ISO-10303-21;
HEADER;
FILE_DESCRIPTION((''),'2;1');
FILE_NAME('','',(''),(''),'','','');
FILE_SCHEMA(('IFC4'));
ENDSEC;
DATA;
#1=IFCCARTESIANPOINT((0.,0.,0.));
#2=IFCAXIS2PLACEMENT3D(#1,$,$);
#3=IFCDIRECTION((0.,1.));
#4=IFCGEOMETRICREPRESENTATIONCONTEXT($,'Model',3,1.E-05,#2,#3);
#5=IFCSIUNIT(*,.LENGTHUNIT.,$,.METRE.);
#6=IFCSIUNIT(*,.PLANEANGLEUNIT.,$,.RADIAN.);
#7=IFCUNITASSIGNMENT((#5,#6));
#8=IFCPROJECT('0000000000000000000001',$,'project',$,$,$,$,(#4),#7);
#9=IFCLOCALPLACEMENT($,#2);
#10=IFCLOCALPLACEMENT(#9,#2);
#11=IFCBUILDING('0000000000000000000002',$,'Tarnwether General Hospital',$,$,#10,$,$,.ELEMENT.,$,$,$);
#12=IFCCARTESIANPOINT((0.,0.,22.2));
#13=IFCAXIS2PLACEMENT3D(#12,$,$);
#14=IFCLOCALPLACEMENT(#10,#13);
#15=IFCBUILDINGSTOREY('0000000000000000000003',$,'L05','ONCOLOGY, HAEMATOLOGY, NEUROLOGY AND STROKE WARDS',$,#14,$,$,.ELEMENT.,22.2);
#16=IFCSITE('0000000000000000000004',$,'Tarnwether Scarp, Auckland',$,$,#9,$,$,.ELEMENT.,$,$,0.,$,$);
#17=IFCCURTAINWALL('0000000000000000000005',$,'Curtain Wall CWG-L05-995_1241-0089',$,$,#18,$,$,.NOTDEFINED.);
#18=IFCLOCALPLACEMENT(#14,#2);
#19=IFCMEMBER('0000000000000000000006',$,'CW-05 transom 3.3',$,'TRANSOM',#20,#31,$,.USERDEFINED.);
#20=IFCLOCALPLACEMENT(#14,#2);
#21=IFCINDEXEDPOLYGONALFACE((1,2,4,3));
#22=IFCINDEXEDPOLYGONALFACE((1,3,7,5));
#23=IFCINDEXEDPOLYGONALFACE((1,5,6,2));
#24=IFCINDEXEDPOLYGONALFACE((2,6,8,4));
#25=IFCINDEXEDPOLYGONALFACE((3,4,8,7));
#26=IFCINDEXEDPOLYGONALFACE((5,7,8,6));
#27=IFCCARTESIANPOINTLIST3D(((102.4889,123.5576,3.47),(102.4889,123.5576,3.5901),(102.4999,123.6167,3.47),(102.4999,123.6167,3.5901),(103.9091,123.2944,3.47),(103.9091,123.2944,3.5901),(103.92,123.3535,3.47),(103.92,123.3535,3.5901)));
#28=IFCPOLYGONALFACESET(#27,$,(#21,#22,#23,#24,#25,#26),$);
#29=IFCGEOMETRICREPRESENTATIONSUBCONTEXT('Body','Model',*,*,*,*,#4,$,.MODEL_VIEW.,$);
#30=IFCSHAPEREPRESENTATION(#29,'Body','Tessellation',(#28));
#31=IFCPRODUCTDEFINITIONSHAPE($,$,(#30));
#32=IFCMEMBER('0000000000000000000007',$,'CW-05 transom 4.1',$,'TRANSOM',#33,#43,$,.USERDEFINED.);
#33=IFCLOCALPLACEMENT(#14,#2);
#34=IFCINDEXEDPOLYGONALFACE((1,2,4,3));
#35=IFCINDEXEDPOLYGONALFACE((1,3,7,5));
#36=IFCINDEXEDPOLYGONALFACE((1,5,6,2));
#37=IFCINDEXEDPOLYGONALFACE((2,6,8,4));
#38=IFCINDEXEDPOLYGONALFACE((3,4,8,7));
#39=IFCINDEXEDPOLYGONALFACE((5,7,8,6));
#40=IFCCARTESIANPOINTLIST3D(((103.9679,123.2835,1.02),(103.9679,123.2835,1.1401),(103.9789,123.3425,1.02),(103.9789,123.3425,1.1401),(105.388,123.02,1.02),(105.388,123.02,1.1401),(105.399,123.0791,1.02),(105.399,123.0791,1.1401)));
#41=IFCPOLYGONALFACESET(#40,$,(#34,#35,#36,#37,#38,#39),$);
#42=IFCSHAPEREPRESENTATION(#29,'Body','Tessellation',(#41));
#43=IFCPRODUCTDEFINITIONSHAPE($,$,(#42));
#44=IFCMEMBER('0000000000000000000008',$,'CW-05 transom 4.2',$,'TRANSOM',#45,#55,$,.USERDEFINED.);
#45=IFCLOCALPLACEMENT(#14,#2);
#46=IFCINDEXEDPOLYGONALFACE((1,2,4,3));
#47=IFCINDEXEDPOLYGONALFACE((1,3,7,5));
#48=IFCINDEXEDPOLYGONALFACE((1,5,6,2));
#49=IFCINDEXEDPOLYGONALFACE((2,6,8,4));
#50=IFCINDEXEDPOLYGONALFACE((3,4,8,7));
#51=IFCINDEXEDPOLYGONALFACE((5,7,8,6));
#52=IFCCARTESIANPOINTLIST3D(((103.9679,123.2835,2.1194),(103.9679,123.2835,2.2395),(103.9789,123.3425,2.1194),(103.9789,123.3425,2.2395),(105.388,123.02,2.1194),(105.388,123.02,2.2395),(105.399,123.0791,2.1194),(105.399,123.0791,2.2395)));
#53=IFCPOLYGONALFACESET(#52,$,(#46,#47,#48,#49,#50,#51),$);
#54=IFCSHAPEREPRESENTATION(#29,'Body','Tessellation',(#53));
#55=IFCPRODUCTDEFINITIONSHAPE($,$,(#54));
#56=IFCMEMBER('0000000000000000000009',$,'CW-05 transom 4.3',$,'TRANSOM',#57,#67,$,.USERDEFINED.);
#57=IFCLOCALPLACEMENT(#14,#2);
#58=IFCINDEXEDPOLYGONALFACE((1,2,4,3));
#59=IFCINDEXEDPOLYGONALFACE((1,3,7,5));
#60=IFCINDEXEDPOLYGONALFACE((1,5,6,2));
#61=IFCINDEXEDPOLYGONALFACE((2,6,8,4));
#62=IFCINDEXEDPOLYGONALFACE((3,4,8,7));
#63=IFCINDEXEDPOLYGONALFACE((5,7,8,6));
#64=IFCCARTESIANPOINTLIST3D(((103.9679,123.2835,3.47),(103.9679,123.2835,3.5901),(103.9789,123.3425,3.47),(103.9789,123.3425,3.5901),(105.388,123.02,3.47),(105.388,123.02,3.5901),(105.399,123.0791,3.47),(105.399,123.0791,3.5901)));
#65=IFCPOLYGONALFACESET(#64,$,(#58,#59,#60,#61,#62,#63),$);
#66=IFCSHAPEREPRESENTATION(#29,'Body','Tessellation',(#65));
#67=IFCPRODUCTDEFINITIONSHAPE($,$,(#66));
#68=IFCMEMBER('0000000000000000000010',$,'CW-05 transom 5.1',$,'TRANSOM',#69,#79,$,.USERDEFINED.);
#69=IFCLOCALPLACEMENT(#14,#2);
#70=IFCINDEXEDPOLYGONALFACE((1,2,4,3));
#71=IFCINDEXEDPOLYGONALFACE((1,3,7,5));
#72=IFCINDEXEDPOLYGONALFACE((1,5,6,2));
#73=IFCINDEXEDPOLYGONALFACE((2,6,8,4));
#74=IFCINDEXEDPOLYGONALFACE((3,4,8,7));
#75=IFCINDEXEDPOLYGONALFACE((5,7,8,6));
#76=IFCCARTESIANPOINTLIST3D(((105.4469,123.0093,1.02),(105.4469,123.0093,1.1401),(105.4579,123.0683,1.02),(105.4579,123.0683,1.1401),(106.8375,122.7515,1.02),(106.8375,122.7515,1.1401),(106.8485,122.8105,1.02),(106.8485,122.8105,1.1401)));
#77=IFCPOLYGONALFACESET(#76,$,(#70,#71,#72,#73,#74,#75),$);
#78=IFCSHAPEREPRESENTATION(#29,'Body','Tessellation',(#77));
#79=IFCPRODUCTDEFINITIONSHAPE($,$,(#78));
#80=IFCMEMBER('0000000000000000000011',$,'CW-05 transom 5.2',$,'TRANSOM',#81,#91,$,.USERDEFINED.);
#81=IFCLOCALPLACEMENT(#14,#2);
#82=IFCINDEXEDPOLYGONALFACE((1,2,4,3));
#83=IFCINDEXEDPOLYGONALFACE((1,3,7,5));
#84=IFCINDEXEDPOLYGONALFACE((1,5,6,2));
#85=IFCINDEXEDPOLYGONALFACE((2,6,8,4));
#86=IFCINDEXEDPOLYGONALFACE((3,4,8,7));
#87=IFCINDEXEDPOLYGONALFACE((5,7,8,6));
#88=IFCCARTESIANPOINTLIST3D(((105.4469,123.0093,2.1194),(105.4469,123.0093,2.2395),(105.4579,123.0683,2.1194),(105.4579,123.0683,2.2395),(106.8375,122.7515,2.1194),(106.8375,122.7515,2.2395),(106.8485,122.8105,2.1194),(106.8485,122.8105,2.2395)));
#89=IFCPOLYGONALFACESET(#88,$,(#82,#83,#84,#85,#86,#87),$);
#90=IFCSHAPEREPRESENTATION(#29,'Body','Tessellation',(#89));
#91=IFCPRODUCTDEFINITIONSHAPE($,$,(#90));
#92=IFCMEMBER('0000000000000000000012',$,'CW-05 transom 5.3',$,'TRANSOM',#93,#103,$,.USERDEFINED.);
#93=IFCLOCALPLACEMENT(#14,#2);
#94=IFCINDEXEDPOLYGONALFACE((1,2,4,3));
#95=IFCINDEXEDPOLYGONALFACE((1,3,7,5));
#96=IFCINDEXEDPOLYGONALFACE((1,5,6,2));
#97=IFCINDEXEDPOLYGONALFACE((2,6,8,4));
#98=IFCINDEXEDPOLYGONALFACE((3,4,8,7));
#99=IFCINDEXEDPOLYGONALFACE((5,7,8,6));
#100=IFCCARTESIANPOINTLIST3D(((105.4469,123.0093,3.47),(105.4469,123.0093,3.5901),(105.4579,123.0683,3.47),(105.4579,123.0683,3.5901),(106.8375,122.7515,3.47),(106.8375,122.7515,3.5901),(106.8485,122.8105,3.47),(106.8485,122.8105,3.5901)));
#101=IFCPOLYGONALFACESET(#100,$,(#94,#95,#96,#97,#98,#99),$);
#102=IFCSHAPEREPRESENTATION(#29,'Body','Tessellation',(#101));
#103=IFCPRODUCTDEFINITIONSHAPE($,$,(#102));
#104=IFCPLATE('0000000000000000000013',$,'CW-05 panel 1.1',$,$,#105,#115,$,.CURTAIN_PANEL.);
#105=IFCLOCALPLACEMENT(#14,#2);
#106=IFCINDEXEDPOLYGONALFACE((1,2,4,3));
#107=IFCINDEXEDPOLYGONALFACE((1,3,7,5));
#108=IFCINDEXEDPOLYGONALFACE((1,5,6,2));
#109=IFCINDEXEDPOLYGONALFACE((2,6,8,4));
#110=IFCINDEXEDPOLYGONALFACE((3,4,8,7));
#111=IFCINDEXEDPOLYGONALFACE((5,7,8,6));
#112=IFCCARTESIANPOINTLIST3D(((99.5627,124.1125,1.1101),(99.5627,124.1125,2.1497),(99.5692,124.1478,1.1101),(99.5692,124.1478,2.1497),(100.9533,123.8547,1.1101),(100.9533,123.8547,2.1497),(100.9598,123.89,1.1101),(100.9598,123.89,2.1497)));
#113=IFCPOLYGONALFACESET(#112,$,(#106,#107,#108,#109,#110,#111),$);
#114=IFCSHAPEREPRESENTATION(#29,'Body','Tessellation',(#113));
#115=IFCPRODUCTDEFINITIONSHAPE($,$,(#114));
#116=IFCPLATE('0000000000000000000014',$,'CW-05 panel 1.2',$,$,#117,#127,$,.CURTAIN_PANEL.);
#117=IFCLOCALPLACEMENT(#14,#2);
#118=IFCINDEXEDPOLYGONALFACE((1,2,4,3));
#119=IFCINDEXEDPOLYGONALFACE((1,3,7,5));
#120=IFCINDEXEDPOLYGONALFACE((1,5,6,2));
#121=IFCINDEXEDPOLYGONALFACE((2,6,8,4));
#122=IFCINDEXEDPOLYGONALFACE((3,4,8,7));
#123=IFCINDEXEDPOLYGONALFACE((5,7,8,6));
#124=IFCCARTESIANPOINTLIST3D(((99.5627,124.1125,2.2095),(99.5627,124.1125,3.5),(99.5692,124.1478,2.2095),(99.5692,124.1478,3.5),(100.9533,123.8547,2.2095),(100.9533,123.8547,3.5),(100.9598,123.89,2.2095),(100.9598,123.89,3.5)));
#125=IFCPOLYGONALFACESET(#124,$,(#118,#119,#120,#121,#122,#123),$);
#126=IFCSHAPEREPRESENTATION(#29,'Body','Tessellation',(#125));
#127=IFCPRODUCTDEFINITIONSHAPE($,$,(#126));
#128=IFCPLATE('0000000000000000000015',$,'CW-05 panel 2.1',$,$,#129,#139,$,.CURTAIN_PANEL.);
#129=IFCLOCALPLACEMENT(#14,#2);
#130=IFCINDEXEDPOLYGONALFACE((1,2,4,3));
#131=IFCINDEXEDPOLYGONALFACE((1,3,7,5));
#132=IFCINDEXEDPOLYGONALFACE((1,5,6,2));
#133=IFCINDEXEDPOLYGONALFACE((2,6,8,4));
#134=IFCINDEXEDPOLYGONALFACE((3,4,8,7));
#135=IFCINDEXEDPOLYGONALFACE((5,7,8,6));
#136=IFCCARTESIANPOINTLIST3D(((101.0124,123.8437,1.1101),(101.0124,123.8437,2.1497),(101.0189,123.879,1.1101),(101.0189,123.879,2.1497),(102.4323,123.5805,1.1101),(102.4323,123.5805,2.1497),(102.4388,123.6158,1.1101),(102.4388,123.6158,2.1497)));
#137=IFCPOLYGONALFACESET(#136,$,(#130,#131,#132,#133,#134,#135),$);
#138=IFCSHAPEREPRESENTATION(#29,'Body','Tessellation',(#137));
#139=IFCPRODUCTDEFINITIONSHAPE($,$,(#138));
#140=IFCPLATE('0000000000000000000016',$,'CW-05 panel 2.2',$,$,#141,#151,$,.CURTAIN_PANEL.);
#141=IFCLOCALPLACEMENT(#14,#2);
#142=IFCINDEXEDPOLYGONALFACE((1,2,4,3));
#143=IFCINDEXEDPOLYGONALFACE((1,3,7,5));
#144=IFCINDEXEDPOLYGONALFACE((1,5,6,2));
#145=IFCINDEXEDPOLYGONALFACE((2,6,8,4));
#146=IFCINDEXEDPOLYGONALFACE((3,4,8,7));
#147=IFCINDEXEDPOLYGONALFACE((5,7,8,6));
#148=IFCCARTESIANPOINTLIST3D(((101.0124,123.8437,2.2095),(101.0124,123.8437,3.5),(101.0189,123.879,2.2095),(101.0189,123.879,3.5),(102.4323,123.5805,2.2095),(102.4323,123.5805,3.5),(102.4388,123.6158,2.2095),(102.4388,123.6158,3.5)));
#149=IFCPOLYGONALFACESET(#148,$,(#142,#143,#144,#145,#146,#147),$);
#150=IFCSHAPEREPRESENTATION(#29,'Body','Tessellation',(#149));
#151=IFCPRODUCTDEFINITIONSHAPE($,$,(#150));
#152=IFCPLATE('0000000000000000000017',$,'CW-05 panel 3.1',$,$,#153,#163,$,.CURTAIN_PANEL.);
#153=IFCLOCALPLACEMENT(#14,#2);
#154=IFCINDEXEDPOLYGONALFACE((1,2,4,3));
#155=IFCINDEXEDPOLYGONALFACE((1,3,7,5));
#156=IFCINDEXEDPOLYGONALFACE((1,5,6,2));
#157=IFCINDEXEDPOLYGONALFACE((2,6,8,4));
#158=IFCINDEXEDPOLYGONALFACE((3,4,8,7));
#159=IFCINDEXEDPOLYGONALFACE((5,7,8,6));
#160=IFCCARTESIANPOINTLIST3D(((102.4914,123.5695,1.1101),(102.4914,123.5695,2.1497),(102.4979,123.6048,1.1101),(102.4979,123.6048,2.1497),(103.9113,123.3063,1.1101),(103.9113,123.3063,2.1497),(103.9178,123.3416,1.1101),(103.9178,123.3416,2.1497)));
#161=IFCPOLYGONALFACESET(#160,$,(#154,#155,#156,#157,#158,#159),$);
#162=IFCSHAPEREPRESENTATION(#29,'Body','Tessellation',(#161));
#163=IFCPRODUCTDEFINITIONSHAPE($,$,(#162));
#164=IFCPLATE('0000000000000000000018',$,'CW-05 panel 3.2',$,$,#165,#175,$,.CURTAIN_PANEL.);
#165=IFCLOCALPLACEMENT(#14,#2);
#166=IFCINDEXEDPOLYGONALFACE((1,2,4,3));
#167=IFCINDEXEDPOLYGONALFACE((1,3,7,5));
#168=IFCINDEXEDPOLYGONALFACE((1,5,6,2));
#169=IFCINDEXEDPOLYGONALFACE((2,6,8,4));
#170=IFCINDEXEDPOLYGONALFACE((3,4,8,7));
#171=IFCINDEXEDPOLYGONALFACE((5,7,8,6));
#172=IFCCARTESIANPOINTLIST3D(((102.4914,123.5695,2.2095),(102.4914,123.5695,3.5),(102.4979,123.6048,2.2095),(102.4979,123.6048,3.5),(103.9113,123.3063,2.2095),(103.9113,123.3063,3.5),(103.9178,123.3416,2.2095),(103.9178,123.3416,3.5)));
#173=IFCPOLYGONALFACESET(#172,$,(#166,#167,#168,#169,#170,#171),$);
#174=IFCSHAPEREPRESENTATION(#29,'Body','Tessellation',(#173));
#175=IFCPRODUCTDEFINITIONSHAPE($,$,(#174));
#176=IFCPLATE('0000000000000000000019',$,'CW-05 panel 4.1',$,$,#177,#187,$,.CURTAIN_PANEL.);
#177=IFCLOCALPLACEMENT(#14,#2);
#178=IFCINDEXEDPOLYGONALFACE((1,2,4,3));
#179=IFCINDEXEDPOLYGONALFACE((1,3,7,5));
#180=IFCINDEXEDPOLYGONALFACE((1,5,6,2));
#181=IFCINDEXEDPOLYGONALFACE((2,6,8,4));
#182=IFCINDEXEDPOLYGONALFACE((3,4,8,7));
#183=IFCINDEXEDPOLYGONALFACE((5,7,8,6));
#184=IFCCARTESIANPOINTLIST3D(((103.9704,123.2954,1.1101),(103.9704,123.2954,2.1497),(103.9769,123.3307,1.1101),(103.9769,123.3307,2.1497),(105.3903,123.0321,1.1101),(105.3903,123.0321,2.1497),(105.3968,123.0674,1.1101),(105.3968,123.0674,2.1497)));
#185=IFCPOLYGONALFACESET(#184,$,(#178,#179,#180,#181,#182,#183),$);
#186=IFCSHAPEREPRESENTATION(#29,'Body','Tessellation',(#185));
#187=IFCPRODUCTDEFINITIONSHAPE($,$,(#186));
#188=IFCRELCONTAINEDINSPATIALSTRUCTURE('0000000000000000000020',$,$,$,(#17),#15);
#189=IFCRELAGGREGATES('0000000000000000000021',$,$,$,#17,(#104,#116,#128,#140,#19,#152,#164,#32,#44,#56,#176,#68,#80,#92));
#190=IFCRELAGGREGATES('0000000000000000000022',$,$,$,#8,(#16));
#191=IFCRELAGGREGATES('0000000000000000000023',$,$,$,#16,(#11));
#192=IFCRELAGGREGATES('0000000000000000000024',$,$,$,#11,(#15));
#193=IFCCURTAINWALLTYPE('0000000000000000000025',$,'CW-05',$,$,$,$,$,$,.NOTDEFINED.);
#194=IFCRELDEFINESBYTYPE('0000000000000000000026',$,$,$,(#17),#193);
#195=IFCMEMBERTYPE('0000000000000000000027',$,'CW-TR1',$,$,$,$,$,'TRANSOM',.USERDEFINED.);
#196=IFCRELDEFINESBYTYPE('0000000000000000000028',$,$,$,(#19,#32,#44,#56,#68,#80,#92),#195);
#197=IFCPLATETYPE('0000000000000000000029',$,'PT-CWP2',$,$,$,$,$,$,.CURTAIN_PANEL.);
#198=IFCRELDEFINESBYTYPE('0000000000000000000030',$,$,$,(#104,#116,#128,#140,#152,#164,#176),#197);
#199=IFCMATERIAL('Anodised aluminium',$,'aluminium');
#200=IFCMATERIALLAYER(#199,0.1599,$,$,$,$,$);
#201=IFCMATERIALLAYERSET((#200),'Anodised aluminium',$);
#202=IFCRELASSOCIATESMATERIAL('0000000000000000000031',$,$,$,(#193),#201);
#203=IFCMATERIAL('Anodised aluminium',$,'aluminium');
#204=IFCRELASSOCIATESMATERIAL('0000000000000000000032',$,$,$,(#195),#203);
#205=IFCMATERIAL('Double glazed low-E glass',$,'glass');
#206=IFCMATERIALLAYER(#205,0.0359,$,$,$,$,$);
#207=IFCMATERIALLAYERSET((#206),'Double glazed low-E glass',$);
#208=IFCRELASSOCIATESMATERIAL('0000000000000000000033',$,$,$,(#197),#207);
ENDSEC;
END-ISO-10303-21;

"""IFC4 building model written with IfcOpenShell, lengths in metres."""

from ifc_helpers import new_model, si_unit, direction, frame, origin, origin_2d, place, context, subcontext, project, spatial, rectangle, extrude, material, layer, layer_set, material_profile, profile_set, type_object, element, aggregate, save


model = new_model("IFC4")

# Units and contexts
model_context = context("Model", 3, precision=1e-05, world=origin(), true_north=direction((0.0, 1.0)))
body_context = subcontext(model_context, "Body", "Model", "MODEL_VIEW")
ifc_project = project(units=[si_unit("LENGTHUNIT", "METRE"), si_unit("PLANEANGLEUNIT", "RADIAN")], contexts=[model_context])

# Site, building, storey
site_placement = place(None, origin())
site = spatial("IfcSite", under=ifc_project, at=site_placement, Name="Tarnwether Scarp, Auckland", CompositionType="ELEMENT", RefElevation=0.0)
building_placement = place(site_placement, origin())
building = spatial("IfcBuilding", under=site, at=building_placement, Name="Tarnwether General Hospital", CompositionType="ELEMENT")
storey_placement = place(building_placement, frame((0.0, 0.0, 22.2)))
storey = spatial("IfcBuildingStorey", under=building, at=storey_placement, Name="L05", Description="ONCOLOGY, HAEMATOLOGY, NEUROLOGY AND STROKE WARDS", CompositionType="ELEMENT", Elevation=22.2)

# Curtain wall
ifc_material_1 = material(Name="Anodised aluminium", Category="aluminium")
ifc_layer_1 = layer(ifc_material_1, 0.1599)
ifc_layer_set_1 = layer_set([ifc_layer_1], Name="Anodised aluminium")
curtain_wall_type = type_object("IfcCurtainWallType", Name="CW-05", PredefinedType="NOTDEFINED", material=ifc_layer_set_1)
curtain_wall_1_placement = place(storey_placement, origin())
curtain_wall_1 = element("IfcCurtainWall", 1, at=curtain_wall_1_placement, inside=storey, type_object=curtain_wall_type, Name="Curtain Wall CWG-L05-995_1241-0089", PredefinedType="NOTDEFINED")

# Members
ifc_material_2 = material(Name="Anodised aluminium", Category="aluminium")
ifc_material_profile_1 = material_profile(ifc_material_2, rectangle(XDim=0.0601, YDim=0.1201, at=origin_2d()), Name="ALU-TRN-60x120")
ifc_profile_set_1 = profile_set([ifc_material_profile_1], Name="Anodised aluminium")
member_type_1 = type_object("IfcMemberType", Name="CW-TR1", ElementType="TRANSOM", PredefinedType="USERDEFINED", material=ifc_profile_set_1)
member_1_placement = place(storey_placement, frame((102.4944, 123.5872, 3.53), z_axis=(0.983258, -0.182216, 0.0), x_axis=(0.182216, 0.983258, 0.0)))
member_1 = element("IfcMember", 2, at=member_1_placement, type_object=member_type_1, Name="CW-05 transom 3.3", ObjectType="TRANSOM", PredefinedType="USERDEFINED", context=body_context, shape_type="SweptSolid", body=[
    extrude(rectangle(XDim=0.0601, YDim=0.1201, at=origin_2d()), origin(), (0.0, 0.0, 1.0), 1.4443),
])
member_2_placement = place(storey_placement, frame((103.9734, 123.313, 1.0801), z_axis=(0.983228, -0.18238, 0.0), x_axis=(0.18238, 0.983228, 0.0)))
member_2 = element("IfcMember", 3, at=member_2_placement, type_object=member_type_1, Name="CW-05 transom 4.1", ObjectType="TRANSOM", PredefinedType="USERDEFINED", context=body_context, shape_type="SweptSolid", body=[
    extrude(rectangle(XDim=0.0601, YDim=0.1201, at=origin_2d()), origin(), (0.0, 0.0, 1.0), 1.4443),
])
member_3_placement = place(storey_placement, frame((103.9734, 123.313, 2.1794), z_axis=(0.983228, -0.18238, 0.0), x_axis=(0.18238, 0.983228, 0.0)))
member_3 = element("IfcMember", 4, at=member_3_placement, type_object=member_type_1, Name="CW-05 transom 4.2", ObjectType="TRANSOM", PredefinedType="USERDEFINED", context=body_context, shape_type="SweptSolid", body=[
    extrude(rectangle(XDim=0.0601, YDim=0.1201, at=origin_2d()), origin(), (0.0, 0.0, 1.0), 1.4443),
])
member_4_placement = place(storey_placement, frame((103.9734, 123.313, 3.53), z_axis=(0.983228, -0.18238, 0.0), x_axis=(0.18238, 0.983228, 0.0)))
member_4 = element("IfcMember", 5, at=member_4_placement, type_object=member_type_1, Name="CW-05 transom 4.3", ObjectType="TRANSOM", PredefinedType="USERDEFINED", context=body_context, shape_type="SweptSolid", body=[
    extrude(rectangle(XDim=0.0601, YDim=0.1201, at=origin_2d()), origin(), (0.0, 0.0, 1.0), 1.4443),
])
member_5_placement = place(storey_placement, frame((105.4524, 123.0388, 1.0801), z_axis=(0.983245, -0.182287, 0.0), x_axis=(0.182287, 0.983245, 0.0)))
member_5 = element("IfcMember", 6, at=member_5_placement, type_object=member_type_1, Name="CW-05 transom 5.1", ObjectType="TRANSOM", PredefinedType="USERDEFINED", context=body_context, shape_type="SweptSolid", body=[
    extrude(rectangle(XDim=0.0601, YDim=0.1201, at=origin_2d()), origin(), (0.0, 0.0, 1.0), 1.4143),
])
member_6_placement = place(storey_placement, frame((105.4524, 123.0388, 2.1794), z_axis=(0.983245, -0.182287, 0.0), x_axis=(0.182287, 0.983245, 0.0)))
member_6 = element("IfcMember", 7, at=member_6_placement, type_object=member_type_1, Name="CW-05 transom 5.2", ObjectType="TRANSOM", PredefinedType="USERDEFINED", context=body_context, shape_type="SweptSolid", body=[
    extrude(rectangle(XDim=0.0601, YDim=0.1201, at=origin_2d()), origin(), (0.0, 0.0, 1.0), 1.4143),
])
member_7_placement = place(storey_placement, frame((105.4524, 123.0388, 3.53), z_axis=(0.983245, -0.182287, 0.0), x_axis=(0.182287, 0.983245, 0.0)))
member_7 = element("IfcMember", 8, at=member_7_placement, type_object=member_type_1, Name="CW-05 transom 5.3", ObjectType="TRANSOM", PredefinedType="USERDEFINED", context=body_context, shape_type="SweptSolid", body=[
    extrude(rectangle(XDim=0.0601, YDim=0.1201, at=origin_2d()), origin(), (0.0, 0.0, 1.0), 1.4143),
])

# Plates
ifc_material_3 = material(Name="Double glazed low-E glass", Category="glass")
ifc_layer_2 = layer(ifc_material_3, 0.0359)
ifc_layer_set_2 = layer_set([ifc_layer_2], Name="Double glazed low-E glass")
plate_type = type_object("IfcPlateType", Name="PT-CWP2", PredefinedType="CURTAIN_PANEL", material=ifc_layer_set_2)
plate_1_placement = place(storey_placement, frame((100.2612, 124.0012, 1.1101), z_axis=(0.0, 0.0, 1.0), x_axis=(0.983245, -0.182289, 0.0)))
plate_1 = element("IfcPlate", 9, at=plate_1_placement, type_object=plate_type, Name="CW-05 panel 1.1", PredefinedType="CURTAIN_PANEL", context=body_context, shape_type="SweptSolid", body=[
    extrude(rectangle(XDim=1.4143, YDim=0.0359, at=origin_2d()), origin(), (0.0, 0.0, 1.0), 1.0396),
])
plate_2_placement = place(storey_placement, frame((100.2612, 124.0012, 2.2095), z_axis=(0.0, 0.0, 1.0), x_axis=(0.983245, -0.182289, 0.0)))
plate_2 = element("IfcPlate", 10, at=plate_2_placement, type_object=plate_type, Name="CW-05 panel 1.2", PredefinedType="CURTAIN_PANEL", context=body_context, shape_type="SweptSolid", body=[
    extrude(rectangle(XDim=1.4143, YDim=0.0359, at=origin_2d()), origin(), (0.0, 0.0, 1.0), 1.2905),
])
plate_3_placement = place(storey_placement, frame((101.7256, 123.7297, 1.1101), z_axis=(0.0, 0.0, 1.0), x_axis=(0.983245, -0.182289, 0.0)))
plate_3 = element("IfcPlate", 11, at=plate_3_placement, type_object=plate_type, Name="CW-05 panel 2.1", PredefinedType="CURTAIN_PANEL", context=body_context, shape_type="SweptSolid", body=[
    extrude(rectangle(XDim=1.4441, YDim=0.0359, at=origin_2d()), origin(), (0.0, 0.0, 1.0), 1.0396),
])
plate_4_placement = place(storey_placement, frame((101.7256, 123.7297, 2.2095), z_axis=(0.0, 0.0, 1.0), x_axis=(0.983245, -0.182289, 0.0)))
plate_4 = element("IfcPlate", 12, at=plate_4_placement, type_object=plate_type, Name="CW-05 panel 2.2", PredefinedType="CURTAIN_PANEL", context=body_context, shape_type="SweptSolid", body=[
    extrude(rectangle(XDim=1.4441, YDim=0.0359, at=origin_2d()), origin(), (0.0, 0.0, 1.0), 1.2905),
])
plate_5_placement = place(storey_placement, frame((103.2046, 123.4556, 1.1101), z_axis=(0.0, 0.0, 1.0), x_axis=(0.983245, -0.182289, 0.0)))
plate_5 = element("IfcPlate", 13, at=plate_5_placement, type_object=plate_type, Name="CW-05 panel 3.1", PredefinedType="CURTAIN_PANEL", context=body_context, shape_type="SweptSolid", body=[
    extrude(rectangle(XDim=1.4441, YDim=0.0359, at=origin_2d()), origin(), (0.0, 0.0, 1.0), 1.0396),
])
plate_6_placement = place(storey_placement, frame((103.2046, 123.4556, 2.2095), z_axis=(0.0, 0.0, 1.0), x_axis=(0.983245, -0.182289, 0.0)))
plate_6 = element("IfcPlate", 14, at=plate_6_placement, type_object=plate_type, Name="CW-05 panel 3.2", PredefinedType="CURTAIN_PANEL", context=body_context, shape_type="SweptSolid", body=[
    extrude(rectangle(XDim=1.4441, YDim=0.0359, at=origin_2d()), origin(), (0.0, 0.0, 1.0), 1.2905),
])
plate_7_placement = place(storey_placement, frame((104.6836, 123.1814, 1.1101), z_axis=(0.0, 0.0, 1.0), x_axis=(0.983245, -0.182289, 0.0)))
plate_7 = element("IfcPlate", 15, at=plate_7_placement, type_object=plate_type, Name="CW-05 panel 4.1", PredefinedType="CURTAIN_PANEL", context=body_context, shape_type="SweptSolid", body=[
    extrude(rectangle(XDim=1.4441, YDim=0.0359, at=origin_2d()), origin(), (0.0, 0.0, 1.0), 1.0396),
])
aggregate(curtain_wall_1, [plate_1, plate_2, plate_3, plate_4, member_1, plate_5, plate_6, member_2, member_3, member_4, plate_7, member_5, member_6, member_7])

save(model, "model.ifc")
